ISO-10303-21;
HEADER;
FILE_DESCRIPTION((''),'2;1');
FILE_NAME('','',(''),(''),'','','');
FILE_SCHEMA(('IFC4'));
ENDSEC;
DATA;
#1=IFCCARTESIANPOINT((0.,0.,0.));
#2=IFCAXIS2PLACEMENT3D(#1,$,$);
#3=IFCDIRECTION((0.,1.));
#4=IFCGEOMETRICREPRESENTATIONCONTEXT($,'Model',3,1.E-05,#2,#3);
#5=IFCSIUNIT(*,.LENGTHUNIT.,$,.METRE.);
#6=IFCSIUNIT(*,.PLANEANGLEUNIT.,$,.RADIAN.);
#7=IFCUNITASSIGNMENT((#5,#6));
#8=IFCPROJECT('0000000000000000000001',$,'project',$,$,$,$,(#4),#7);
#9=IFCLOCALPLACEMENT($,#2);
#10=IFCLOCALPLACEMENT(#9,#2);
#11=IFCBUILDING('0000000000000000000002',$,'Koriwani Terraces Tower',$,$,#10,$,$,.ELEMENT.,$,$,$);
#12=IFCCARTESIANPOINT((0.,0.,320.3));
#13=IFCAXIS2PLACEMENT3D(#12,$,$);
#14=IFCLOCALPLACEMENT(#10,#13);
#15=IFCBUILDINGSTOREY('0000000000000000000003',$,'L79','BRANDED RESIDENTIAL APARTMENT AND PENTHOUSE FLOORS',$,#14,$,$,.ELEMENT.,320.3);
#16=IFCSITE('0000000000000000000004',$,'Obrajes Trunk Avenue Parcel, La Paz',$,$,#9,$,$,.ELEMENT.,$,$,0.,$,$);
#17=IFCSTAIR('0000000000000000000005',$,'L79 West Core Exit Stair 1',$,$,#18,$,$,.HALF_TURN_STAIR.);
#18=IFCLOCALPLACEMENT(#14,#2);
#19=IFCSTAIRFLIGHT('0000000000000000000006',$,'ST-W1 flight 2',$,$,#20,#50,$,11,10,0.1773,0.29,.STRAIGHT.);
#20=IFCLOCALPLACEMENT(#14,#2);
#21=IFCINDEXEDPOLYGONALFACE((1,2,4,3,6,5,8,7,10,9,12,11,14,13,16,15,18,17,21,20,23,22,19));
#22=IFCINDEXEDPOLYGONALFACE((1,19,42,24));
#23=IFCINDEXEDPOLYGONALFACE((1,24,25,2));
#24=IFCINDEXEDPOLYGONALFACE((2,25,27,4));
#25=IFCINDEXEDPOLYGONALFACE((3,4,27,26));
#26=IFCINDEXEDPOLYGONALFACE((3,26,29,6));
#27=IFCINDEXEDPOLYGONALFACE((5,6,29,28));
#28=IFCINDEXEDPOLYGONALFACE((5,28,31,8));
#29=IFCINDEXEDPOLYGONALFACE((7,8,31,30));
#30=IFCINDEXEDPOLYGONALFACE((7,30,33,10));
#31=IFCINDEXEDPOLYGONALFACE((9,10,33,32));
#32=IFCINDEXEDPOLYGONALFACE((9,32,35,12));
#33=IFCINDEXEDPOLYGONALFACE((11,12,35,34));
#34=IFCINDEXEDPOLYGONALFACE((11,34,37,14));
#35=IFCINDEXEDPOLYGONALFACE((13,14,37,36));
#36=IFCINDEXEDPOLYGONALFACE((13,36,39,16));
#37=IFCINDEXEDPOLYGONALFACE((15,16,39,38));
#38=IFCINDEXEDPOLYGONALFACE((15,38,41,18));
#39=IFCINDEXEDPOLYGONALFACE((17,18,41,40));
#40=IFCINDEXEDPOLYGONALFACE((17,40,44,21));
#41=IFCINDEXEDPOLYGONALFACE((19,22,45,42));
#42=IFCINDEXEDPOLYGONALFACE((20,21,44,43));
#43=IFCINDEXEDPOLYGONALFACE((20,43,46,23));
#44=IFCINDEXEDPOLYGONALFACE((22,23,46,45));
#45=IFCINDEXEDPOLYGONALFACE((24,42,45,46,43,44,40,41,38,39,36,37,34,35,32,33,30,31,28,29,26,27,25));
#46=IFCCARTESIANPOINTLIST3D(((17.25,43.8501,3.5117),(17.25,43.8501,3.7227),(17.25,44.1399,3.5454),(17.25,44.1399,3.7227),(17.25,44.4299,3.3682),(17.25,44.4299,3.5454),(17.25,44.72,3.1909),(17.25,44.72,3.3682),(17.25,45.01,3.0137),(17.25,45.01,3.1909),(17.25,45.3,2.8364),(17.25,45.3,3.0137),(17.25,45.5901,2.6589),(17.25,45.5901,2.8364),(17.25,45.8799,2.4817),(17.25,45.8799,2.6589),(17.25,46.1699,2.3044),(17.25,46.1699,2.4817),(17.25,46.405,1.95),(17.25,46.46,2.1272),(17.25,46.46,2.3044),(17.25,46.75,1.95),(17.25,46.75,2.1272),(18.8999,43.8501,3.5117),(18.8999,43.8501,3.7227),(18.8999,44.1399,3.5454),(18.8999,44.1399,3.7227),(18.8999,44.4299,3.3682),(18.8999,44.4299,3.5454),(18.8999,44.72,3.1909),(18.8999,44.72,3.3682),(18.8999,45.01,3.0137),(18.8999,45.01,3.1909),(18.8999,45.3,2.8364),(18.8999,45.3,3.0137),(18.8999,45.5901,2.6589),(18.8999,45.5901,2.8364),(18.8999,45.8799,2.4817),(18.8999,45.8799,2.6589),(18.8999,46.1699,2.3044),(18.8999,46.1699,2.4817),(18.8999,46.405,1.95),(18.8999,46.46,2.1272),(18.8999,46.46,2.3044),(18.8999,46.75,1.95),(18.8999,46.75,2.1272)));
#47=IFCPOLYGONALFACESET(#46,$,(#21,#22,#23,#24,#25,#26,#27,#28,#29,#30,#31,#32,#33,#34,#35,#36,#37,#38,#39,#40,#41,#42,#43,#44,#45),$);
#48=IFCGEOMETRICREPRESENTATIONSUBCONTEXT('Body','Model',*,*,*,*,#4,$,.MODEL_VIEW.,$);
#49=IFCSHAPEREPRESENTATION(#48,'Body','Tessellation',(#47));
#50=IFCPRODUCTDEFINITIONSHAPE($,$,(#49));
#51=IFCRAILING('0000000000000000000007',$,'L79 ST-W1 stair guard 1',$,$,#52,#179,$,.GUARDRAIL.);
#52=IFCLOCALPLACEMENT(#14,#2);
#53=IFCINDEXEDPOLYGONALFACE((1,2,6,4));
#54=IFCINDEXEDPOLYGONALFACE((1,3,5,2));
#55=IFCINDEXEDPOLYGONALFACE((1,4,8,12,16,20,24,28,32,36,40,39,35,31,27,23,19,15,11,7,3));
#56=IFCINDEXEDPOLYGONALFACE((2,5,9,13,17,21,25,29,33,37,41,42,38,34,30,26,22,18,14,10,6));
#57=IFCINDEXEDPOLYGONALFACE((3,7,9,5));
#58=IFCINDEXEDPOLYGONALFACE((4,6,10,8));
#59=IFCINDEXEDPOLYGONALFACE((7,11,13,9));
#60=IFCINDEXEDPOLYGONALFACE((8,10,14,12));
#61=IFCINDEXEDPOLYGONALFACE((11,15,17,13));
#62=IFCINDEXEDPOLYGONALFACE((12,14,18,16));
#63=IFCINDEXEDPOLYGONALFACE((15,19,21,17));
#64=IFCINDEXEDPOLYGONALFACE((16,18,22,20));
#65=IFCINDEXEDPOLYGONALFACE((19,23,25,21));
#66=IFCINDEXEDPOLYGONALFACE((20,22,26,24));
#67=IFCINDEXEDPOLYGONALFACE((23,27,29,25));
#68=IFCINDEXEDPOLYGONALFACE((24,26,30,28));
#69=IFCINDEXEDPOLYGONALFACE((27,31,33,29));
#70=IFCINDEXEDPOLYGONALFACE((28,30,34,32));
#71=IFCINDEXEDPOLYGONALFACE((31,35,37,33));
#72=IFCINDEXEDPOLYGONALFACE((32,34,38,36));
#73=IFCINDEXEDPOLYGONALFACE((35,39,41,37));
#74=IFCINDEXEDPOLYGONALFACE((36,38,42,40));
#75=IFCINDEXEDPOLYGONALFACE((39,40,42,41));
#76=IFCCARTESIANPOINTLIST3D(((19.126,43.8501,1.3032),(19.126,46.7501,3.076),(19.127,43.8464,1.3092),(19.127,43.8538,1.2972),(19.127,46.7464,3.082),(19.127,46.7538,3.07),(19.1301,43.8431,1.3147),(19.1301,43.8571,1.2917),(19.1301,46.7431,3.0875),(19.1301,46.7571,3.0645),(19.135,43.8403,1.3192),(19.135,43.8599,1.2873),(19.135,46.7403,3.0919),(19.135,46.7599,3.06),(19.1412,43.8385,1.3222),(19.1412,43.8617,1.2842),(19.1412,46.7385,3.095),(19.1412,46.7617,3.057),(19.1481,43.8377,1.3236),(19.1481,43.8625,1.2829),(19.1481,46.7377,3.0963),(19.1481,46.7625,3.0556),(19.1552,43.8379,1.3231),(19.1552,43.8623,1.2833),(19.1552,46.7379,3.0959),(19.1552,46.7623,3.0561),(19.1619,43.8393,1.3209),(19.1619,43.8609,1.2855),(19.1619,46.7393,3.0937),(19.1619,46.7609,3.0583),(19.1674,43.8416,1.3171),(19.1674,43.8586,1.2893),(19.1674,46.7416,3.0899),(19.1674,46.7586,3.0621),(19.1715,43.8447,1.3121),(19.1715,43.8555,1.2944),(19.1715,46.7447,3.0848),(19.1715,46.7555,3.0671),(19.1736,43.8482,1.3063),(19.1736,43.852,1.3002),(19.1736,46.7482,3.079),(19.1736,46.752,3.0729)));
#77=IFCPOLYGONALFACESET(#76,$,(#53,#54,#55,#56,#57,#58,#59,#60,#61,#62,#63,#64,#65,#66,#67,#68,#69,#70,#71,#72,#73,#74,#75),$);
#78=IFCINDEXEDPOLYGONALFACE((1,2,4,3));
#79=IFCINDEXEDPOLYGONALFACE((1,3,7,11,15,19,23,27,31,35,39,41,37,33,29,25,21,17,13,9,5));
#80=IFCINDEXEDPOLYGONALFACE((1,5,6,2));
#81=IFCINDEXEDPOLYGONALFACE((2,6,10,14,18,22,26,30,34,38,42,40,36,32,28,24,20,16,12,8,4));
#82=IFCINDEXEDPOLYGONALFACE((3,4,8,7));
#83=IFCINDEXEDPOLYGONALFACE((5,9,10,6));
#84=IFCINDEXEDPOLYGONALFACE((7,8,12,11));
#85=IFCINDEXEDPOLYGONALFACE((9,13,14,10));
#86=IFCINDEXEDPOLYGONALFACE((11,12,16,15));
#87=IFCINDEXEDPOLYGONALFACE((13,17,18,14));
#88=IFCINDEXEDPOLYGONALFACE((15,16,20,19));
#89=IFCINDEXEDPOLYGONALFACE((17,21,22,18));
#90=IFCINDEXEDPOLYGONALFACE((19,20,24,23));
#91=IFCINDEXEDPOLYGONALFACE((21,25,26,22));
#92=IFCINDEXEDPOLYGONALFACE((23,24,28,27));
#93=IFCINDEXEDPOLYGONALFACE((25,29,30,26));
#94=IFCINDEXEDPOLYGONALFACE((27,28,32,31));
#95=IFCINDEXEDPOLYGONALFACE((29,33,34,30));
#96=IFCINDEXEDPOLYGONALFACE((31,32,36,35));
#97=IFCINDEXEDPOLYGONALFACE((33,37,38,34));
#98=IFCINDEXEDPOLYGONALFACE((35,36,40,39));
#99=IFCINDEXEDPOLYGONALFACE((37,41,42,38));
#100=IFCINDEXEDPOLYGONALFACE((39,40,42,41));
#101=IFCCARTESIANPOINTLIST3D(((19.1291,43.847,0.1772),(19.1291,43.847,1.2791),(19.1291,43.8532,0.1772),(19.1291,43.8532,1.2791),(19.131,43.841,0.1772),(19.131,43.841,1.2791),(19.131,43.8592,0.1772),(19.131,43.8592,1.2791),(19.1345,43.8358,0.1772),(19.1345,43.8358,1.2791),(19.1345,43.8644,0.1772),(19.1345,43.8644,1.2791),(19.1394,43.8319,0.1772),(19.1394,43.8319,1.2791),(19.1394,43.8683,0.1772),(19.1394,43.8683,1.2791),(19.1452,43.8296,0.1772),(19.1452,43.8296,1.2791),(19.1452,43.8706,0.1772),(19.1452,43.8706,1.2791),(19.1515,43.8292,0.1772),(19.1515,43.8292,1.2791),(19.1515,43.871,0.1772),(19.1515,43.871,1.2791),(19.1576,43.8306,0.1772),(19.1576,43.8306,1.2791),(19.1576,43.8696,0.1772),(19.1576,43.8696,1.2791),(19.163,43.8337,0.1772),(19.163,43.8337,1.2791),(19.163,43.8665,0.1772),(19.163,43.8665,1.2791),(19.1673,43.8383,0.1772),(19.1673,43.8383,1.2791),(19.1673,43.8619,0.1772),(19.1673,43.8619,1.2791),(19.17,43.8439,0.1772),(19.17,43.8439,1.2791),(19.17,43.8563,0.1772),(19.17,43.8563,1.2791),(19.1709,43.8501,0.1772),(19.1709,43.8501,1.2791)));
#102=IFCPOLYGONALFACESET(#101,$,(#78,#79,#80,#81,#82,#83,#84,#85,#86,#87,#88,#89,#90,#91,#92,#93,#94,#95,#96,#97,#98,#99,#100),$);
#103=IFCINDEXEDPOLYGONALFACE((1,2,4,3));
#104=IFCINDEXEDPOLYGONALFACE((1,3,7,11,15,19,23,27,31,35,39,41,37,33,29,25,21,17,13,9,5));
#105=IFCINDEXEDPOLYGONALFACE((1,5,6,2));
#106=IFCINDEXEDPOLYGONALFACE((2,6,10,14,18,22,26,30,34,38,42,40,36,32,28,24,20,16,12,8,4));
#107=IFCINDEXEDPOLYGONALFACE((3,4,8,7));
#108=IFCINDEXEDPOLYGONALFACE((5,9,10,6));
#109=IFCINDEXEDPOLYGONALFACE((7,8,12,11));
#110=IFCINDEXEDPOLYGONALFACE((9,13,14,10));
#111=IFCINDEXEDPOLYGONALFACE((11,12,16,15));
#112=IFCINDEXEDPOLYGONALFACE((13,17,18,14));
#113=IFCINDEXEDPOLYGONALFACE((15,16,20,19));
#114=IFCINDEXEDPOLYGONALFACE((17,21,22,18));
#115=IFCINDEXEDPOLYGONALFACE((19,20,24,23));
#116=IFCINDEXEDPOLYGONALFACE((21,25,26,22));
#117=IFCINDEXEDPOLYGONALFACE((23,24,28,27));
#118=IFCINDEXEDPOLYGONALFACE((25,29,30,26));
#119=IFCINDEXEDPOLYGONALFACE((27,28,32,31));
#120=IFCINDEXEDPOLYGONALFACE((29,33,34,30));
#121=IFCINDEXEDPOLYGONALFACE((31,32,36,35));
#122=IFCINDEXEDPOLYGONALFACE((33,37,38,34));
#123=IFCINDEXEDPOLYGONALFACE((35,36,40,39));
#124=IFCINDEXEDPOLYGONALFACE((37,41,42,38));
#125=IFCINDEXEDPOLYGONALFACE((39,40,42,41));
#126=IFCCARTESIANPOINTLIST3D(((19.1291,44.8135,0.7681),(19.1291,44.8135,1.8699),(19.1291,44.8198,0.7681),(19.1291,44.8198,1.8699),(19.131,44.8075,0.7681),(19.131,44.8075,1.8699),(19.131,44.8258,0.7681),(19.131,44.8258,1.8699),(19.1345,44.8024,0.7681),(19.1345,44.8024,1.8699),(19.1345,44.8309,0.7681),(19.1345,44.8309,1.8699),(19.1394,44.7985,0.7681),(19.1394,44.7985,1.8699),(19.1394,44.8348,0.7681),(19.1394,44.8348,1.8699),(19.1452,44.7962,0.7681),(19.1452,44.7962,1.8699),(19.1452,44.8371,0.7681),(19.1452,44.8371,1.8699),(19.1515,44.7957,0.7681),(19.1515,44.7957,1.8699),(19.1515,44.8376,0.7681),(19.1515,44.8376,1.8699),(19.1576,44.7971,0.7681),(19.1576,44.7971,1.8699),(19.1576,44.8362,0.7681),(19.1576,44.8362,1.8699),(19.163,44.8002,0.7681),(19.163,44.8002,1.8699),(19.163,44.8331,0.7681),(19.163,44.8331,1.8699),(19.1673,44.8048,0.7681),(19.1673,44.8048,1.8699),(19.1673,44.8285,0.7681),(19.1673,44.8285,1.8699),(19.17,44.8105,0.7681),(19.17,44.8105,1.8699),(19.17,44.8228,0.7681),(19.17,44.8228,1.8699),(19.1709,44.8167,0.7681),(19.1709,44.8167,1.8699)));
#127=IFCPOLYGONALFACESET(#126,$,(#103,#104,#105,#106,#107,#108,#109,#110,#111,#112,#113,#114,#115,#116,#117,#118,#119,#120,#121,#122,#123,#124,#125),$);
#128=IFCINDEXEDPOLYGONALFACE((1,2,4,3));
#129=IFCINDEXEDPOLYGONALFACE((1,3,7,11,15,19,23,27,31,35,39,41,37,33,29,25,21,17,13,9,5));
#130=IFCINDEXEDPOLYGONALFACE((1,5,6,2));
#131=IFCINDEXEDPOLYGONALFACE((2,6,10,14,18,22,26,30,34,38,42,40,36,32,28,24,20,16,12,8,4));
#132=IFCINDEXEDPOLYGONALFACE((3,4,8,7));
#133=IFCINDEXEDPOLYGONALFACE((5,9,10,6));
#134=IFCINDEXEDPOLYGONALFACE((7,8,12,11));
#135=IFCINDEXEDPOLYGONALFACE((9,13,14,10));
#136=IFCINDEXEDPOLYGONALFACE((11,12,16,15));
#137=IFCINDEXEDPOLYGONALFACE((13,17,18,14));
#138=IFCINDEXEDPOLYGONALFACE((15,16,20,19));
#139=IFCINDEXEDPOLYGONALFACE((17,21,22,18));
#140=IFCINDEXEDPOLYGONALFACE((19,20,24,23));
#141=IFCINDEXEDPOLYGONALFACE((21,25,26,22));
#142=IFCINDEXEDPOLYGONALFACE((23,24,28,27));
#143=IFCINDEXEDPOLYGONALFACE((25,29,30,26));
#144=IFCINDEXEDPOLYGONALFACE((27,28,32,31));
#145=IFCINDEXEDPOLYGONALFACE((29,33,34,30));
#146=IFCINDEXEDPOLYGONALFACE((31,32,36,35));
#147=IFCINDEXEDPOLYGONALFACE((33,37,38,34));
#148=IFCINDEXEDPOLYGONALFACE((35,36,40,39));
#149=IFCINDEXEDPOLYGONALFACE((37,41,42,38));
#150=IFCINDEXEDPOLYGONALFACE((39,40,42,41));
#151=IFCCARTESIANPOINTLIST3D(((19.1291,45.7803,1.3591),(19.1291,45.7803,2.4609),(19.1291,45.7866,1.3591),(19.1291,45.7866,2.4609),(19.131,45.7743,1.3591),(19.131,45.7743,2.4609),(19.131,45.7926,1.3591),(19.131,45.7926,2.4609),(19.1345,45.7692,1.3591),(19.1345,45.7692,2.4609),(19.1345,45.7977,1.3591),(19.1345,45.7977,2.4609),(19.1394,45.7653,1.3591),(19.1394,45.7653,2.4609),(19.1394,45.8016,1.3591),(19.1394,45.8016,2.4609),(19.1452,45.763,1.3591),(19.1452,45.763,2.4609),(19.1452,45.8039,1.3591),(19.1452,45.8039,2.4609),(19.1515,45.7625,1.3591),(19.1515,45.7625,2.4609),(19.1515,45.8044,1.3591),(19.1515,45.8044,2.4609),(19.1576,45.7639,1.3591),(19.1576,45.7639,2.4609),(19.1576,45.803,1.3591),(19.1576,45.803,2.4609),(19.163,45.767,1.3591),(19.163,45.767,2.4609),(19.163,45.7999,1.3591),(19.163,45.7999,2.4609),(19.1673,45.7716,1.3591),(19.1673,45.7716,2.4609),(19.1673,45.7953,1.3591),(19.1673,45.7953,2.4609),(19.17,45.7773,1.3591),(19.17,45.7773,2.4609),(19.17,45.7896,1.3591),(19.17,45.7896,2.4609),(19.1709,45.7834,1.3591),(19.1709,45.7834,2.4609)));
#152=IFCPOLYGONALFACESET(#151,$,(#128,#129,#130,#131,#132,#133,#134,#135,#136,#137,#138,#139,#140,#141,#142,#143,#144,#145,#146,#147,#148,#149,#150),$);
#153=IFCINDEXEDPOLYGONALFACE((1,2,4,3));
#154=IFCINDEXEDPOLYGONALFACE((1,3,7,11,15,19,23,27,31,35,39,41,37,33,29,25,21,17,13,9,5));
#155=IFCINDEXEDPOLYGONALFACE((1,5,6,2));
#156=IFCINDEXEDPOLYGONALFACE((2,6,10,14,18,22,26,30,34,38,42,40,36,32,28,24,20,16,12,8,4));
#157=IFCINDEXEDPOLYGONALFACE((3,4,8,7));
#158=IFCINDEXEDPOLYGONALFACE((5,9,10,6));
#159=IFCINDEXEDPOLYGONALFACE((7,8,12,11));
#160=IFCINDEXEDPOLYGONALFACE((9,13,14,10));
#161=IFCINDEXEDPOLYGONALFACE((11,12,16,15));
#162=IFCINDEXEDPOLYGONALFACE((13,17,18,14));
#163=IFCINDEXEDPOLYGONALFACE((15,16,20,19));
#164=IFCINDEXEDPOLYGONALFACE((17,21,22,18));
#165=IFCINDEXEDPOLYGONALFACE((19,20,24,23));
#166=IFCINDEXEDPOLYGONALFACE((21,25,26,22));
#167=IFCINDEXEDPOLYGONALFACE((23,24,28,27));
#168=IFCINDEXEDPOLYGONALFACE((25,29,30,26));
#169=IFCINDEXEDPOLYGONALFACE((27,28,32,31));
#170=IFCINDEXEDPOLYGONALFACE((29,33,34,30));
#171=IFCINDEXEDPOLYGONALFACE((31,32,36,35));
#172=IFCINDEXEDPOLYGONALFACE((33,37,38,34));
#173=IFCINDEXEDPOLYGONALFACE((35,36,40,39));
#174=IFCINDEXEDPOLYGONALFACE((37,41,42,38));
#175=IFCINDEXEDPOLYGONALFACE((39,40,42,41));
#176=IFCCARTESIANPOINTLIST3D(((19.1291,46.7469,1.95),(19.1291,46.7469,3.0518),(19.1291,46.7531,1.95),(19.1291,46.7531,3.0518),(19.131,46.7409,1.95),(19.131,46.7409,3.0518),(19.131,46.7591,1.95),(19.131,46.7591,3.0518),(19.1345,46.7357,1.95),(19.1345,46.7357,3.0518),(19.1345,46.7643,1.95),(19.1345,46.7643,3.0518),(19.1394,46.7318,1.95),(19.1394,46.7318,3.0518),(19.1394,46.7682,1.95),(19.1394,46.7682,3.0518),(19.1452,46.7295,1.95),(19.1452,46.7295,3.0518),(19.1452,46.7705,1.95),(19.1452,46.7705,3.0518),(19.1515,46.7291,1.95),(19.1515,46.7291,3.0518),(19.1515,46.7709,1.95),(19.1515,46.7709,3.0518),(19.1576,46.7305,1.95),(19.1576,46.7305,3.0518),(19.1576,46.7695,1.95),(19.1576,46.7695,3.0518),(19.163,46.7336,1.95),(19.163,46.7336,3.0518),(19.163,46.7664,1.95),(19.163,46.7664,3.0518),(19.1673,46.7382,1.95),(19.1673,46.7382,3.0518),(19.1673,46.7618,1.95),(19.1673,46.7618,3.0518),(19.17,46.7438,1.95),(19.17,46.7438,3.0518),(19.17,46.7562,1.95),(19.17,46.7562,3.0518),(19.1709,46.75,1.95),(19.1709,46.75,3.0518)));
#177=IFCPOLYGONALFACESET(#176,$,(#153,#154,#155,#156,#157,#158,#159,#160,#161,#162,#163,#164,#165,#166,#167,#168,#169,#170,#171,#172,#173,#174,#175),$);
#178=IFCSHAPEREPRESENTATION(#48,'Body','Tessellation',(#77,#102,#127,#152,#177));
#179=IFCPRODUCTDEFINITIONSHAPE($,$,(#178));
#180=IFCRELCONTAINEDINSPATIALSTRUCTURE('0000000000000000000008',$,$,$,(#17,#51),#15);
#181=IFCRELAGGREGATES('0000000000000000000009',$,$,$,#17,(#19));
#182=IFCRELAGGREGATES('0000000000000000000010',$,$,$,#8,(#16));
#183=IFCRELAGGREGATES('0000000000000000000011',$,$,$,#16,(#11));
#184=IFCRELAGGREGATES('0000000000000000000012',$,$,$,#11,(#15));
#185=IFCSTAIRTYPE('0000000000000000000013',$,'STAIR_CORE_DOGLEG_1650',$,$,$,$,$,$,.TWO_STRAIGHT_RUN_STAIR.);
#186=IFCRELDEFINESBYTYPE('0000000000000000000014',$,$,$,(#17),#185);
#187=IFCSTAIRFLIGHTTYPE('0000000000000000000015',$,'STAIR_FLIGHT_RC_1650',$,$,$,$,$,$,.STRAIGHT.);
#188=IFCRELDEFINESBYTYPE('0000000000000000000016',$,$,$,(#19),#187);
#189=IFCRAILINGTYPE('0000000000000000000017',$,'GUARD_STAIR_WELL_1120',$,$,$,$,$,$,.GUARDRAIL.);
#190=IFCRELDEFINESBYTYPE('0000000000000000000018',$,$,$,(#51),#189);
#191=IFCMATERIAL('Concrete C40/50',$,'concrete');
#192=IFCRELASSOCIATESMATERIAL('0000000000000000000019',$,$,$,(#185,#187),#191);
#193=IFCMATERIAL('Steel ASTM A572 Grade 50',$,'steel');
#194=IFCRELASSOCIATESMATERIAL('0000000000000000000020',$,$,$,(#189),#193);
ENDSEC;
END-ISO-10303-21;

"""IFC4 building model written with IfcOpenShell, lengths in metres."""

from ifc_helpers import new_model, si_unit, direction, frame, origin, origin_2d, place, context, subcontext, project, spatial, polyline, circle, outline, extrude, material, type_object, element, aggregate, save


model = new_model("IFC4")

# Units and contexts
model_context = context("Model", 3, precision=1e-05, world=origin(), true_north=direction((0.0, 1.0)))
body_context = subcontext(model_context, "Body", "Model", "MODEL_VIEW")
ifc_project = project(units=[si_unit("LENGTHUNIT", "METRE"), si_unit("PLANEANGLEUNIT", "RADIAN")], contexts=[model_context])

# Site, building, storey
site_placement = place(None, origin())
site = spatial("IfcSite", under=ifc_project, at=site_placement, Name="Obrajes Trunk Avenue Parcel, La Paz", CompositionType="ELEMENT", RefElevation=0.0)
building_placement = place(site_placement, origin())
building = spatial("IfcBuilding", under=site, at=building_placement, Name="Koriwani Terraces Tower", CompositionType="ELEMENT")
storey_placement = place(building_placement, frame((0.0, 0.0, 320.3)))
storey = spatial("IfcBuildingStorey", under=building, at=storey_placement, Name="L79", Description="BRANDED RESIDENTIAL APARTMENT AND PENTHOUSE FLOORS", CompositionType="ELEMENT", Elevation=320.3)

# Shared definitions
ifc_material_1 = material(Name="Concrete C40/50", Category="concrete")

# Shared definitions
ifc_material_2 = material(Name="Steel ASTM A572 Grade 50", Category="steel")

# Stair, stair flight
stair_type = type_object("IfcStairType", Name="STAIR_CORE_DOGLEG_1650", PredefinedType="TWO_STRAIGHT_RUN_STAIR", material=ifc_material_1)
stair_placement = place(storey_placement, origin())
stair = element("IfcStair", 1, at=stair_placement, inside=storey, type_object=stair_type, Name="L79 West Core Exit Stair 1", PredefinedType="HALF_TURN_STAIR")
stair_flight_type = type_object("IfcStairFlightType", Name="STAIR_FLIGHT_RC_1650", PredefinedType="STRAIGHT", material=ifc_material_1)
stair_flight_1_placement = place(storey_placement, frame((18.075, 46.75, 1.95), z_axis=(0.0, 0.0, 1.0), x_axis=(0.0, -1.0, 0.0)))
stair_flight_1 = element("IfcStairFlight", 2, at=stair_flight_1_placement, type_object=stair_flight_type, Name="ST-W1 flight 2", NumberOfRisers=11, NumberOfTreads=10, PredefinedType="STRAIGHT", RiserHeight=0.1773, TreadLength=0.29, context=body_context, shape_type="SweptSolid", body=[
    extrude(outline(polyline([(0.0, 0.0), (0.0, 0.1772), (0.29, 0.1772), (0.29, 0.3545), (0.5801, 0.3545), (0.5801, 0.5317), (0.8701, 0.5317), (0.8701, 0.709), (1.1599, 0.709), (1.1599, 0.8865), (1.45, 0.8865), (1.45, 1.0637), (1.74, 1.0637), (1.74, 1.241), (2.03, 1.241), (2.03, 1.4182), (2.3201, 1.4182), (2.3201, 1.5955), (2.6101, 1.5955), (2.6101, 1.7727), (2.8999, 1.7727), (2.8999, 1.95), (2.8999, 1.5618), (0.345, 0.0), (0.0, 0.0)])), frame((0.0, 0.825, 0.0), z_axis=(0.0, -1.0, 0.0), x_axis=(1.0, 0.0, 0.0)), (0.0, 0.0, 1.0), 1.6499),
])
aggregate(stair, [stair_flight_1])

# Railing
railing_type_1 = type_object("IfcRailingType", Name="GUARD_STAIR_WELL_1120", PredefinedType="GUARDRAIL", material=ifc_material_2)
railing_1_placement = place(storey_placement, frame((19.1499, 43.8501, 0.1772)))
element("IfcRailing", 3, at=railing_1_placement, inside=storey, type_object=railing_type_1, Name="L79 ST-W1 stair guard 1", PredefinedType="GUARDRAIL", context=body_context, shape_type="SweptSolid", body=[
    extrude(circle(Radius=0.0239, at=origin_2d()), frame((0.0, 0.0, 1.126), z_axis=(0.0, 0.853211, 0.521566), x_axis=(-1.0, 0.0, 0.0)), (0.0, 0.0, 1.0), 3.3989),
    extrude(circle(Radius=0.021, at=origin_2d()), origin(), (0.0, 0.0, 1.0), 1.1018),
    extrude(circle(Radius=0.021, at=origin_2d()), frame((0.0, 0.9666, 0.5908)), (0.0, 0.0, 1.0), 1.1018),
    extrude(circle(Radius=0.021, at=origin_2d()), frame((0.0, 1.9333, 1.1819)), (0.0, 0.0, 1.0), 1.1018),
    extrude(circle(Radius=0.021, at=origin_2d()), frame((0.0, 2.8999, 1.7727)), (0.0, 0.0, 1.0), 1.1018),
])

save(model, "model.ifc")
